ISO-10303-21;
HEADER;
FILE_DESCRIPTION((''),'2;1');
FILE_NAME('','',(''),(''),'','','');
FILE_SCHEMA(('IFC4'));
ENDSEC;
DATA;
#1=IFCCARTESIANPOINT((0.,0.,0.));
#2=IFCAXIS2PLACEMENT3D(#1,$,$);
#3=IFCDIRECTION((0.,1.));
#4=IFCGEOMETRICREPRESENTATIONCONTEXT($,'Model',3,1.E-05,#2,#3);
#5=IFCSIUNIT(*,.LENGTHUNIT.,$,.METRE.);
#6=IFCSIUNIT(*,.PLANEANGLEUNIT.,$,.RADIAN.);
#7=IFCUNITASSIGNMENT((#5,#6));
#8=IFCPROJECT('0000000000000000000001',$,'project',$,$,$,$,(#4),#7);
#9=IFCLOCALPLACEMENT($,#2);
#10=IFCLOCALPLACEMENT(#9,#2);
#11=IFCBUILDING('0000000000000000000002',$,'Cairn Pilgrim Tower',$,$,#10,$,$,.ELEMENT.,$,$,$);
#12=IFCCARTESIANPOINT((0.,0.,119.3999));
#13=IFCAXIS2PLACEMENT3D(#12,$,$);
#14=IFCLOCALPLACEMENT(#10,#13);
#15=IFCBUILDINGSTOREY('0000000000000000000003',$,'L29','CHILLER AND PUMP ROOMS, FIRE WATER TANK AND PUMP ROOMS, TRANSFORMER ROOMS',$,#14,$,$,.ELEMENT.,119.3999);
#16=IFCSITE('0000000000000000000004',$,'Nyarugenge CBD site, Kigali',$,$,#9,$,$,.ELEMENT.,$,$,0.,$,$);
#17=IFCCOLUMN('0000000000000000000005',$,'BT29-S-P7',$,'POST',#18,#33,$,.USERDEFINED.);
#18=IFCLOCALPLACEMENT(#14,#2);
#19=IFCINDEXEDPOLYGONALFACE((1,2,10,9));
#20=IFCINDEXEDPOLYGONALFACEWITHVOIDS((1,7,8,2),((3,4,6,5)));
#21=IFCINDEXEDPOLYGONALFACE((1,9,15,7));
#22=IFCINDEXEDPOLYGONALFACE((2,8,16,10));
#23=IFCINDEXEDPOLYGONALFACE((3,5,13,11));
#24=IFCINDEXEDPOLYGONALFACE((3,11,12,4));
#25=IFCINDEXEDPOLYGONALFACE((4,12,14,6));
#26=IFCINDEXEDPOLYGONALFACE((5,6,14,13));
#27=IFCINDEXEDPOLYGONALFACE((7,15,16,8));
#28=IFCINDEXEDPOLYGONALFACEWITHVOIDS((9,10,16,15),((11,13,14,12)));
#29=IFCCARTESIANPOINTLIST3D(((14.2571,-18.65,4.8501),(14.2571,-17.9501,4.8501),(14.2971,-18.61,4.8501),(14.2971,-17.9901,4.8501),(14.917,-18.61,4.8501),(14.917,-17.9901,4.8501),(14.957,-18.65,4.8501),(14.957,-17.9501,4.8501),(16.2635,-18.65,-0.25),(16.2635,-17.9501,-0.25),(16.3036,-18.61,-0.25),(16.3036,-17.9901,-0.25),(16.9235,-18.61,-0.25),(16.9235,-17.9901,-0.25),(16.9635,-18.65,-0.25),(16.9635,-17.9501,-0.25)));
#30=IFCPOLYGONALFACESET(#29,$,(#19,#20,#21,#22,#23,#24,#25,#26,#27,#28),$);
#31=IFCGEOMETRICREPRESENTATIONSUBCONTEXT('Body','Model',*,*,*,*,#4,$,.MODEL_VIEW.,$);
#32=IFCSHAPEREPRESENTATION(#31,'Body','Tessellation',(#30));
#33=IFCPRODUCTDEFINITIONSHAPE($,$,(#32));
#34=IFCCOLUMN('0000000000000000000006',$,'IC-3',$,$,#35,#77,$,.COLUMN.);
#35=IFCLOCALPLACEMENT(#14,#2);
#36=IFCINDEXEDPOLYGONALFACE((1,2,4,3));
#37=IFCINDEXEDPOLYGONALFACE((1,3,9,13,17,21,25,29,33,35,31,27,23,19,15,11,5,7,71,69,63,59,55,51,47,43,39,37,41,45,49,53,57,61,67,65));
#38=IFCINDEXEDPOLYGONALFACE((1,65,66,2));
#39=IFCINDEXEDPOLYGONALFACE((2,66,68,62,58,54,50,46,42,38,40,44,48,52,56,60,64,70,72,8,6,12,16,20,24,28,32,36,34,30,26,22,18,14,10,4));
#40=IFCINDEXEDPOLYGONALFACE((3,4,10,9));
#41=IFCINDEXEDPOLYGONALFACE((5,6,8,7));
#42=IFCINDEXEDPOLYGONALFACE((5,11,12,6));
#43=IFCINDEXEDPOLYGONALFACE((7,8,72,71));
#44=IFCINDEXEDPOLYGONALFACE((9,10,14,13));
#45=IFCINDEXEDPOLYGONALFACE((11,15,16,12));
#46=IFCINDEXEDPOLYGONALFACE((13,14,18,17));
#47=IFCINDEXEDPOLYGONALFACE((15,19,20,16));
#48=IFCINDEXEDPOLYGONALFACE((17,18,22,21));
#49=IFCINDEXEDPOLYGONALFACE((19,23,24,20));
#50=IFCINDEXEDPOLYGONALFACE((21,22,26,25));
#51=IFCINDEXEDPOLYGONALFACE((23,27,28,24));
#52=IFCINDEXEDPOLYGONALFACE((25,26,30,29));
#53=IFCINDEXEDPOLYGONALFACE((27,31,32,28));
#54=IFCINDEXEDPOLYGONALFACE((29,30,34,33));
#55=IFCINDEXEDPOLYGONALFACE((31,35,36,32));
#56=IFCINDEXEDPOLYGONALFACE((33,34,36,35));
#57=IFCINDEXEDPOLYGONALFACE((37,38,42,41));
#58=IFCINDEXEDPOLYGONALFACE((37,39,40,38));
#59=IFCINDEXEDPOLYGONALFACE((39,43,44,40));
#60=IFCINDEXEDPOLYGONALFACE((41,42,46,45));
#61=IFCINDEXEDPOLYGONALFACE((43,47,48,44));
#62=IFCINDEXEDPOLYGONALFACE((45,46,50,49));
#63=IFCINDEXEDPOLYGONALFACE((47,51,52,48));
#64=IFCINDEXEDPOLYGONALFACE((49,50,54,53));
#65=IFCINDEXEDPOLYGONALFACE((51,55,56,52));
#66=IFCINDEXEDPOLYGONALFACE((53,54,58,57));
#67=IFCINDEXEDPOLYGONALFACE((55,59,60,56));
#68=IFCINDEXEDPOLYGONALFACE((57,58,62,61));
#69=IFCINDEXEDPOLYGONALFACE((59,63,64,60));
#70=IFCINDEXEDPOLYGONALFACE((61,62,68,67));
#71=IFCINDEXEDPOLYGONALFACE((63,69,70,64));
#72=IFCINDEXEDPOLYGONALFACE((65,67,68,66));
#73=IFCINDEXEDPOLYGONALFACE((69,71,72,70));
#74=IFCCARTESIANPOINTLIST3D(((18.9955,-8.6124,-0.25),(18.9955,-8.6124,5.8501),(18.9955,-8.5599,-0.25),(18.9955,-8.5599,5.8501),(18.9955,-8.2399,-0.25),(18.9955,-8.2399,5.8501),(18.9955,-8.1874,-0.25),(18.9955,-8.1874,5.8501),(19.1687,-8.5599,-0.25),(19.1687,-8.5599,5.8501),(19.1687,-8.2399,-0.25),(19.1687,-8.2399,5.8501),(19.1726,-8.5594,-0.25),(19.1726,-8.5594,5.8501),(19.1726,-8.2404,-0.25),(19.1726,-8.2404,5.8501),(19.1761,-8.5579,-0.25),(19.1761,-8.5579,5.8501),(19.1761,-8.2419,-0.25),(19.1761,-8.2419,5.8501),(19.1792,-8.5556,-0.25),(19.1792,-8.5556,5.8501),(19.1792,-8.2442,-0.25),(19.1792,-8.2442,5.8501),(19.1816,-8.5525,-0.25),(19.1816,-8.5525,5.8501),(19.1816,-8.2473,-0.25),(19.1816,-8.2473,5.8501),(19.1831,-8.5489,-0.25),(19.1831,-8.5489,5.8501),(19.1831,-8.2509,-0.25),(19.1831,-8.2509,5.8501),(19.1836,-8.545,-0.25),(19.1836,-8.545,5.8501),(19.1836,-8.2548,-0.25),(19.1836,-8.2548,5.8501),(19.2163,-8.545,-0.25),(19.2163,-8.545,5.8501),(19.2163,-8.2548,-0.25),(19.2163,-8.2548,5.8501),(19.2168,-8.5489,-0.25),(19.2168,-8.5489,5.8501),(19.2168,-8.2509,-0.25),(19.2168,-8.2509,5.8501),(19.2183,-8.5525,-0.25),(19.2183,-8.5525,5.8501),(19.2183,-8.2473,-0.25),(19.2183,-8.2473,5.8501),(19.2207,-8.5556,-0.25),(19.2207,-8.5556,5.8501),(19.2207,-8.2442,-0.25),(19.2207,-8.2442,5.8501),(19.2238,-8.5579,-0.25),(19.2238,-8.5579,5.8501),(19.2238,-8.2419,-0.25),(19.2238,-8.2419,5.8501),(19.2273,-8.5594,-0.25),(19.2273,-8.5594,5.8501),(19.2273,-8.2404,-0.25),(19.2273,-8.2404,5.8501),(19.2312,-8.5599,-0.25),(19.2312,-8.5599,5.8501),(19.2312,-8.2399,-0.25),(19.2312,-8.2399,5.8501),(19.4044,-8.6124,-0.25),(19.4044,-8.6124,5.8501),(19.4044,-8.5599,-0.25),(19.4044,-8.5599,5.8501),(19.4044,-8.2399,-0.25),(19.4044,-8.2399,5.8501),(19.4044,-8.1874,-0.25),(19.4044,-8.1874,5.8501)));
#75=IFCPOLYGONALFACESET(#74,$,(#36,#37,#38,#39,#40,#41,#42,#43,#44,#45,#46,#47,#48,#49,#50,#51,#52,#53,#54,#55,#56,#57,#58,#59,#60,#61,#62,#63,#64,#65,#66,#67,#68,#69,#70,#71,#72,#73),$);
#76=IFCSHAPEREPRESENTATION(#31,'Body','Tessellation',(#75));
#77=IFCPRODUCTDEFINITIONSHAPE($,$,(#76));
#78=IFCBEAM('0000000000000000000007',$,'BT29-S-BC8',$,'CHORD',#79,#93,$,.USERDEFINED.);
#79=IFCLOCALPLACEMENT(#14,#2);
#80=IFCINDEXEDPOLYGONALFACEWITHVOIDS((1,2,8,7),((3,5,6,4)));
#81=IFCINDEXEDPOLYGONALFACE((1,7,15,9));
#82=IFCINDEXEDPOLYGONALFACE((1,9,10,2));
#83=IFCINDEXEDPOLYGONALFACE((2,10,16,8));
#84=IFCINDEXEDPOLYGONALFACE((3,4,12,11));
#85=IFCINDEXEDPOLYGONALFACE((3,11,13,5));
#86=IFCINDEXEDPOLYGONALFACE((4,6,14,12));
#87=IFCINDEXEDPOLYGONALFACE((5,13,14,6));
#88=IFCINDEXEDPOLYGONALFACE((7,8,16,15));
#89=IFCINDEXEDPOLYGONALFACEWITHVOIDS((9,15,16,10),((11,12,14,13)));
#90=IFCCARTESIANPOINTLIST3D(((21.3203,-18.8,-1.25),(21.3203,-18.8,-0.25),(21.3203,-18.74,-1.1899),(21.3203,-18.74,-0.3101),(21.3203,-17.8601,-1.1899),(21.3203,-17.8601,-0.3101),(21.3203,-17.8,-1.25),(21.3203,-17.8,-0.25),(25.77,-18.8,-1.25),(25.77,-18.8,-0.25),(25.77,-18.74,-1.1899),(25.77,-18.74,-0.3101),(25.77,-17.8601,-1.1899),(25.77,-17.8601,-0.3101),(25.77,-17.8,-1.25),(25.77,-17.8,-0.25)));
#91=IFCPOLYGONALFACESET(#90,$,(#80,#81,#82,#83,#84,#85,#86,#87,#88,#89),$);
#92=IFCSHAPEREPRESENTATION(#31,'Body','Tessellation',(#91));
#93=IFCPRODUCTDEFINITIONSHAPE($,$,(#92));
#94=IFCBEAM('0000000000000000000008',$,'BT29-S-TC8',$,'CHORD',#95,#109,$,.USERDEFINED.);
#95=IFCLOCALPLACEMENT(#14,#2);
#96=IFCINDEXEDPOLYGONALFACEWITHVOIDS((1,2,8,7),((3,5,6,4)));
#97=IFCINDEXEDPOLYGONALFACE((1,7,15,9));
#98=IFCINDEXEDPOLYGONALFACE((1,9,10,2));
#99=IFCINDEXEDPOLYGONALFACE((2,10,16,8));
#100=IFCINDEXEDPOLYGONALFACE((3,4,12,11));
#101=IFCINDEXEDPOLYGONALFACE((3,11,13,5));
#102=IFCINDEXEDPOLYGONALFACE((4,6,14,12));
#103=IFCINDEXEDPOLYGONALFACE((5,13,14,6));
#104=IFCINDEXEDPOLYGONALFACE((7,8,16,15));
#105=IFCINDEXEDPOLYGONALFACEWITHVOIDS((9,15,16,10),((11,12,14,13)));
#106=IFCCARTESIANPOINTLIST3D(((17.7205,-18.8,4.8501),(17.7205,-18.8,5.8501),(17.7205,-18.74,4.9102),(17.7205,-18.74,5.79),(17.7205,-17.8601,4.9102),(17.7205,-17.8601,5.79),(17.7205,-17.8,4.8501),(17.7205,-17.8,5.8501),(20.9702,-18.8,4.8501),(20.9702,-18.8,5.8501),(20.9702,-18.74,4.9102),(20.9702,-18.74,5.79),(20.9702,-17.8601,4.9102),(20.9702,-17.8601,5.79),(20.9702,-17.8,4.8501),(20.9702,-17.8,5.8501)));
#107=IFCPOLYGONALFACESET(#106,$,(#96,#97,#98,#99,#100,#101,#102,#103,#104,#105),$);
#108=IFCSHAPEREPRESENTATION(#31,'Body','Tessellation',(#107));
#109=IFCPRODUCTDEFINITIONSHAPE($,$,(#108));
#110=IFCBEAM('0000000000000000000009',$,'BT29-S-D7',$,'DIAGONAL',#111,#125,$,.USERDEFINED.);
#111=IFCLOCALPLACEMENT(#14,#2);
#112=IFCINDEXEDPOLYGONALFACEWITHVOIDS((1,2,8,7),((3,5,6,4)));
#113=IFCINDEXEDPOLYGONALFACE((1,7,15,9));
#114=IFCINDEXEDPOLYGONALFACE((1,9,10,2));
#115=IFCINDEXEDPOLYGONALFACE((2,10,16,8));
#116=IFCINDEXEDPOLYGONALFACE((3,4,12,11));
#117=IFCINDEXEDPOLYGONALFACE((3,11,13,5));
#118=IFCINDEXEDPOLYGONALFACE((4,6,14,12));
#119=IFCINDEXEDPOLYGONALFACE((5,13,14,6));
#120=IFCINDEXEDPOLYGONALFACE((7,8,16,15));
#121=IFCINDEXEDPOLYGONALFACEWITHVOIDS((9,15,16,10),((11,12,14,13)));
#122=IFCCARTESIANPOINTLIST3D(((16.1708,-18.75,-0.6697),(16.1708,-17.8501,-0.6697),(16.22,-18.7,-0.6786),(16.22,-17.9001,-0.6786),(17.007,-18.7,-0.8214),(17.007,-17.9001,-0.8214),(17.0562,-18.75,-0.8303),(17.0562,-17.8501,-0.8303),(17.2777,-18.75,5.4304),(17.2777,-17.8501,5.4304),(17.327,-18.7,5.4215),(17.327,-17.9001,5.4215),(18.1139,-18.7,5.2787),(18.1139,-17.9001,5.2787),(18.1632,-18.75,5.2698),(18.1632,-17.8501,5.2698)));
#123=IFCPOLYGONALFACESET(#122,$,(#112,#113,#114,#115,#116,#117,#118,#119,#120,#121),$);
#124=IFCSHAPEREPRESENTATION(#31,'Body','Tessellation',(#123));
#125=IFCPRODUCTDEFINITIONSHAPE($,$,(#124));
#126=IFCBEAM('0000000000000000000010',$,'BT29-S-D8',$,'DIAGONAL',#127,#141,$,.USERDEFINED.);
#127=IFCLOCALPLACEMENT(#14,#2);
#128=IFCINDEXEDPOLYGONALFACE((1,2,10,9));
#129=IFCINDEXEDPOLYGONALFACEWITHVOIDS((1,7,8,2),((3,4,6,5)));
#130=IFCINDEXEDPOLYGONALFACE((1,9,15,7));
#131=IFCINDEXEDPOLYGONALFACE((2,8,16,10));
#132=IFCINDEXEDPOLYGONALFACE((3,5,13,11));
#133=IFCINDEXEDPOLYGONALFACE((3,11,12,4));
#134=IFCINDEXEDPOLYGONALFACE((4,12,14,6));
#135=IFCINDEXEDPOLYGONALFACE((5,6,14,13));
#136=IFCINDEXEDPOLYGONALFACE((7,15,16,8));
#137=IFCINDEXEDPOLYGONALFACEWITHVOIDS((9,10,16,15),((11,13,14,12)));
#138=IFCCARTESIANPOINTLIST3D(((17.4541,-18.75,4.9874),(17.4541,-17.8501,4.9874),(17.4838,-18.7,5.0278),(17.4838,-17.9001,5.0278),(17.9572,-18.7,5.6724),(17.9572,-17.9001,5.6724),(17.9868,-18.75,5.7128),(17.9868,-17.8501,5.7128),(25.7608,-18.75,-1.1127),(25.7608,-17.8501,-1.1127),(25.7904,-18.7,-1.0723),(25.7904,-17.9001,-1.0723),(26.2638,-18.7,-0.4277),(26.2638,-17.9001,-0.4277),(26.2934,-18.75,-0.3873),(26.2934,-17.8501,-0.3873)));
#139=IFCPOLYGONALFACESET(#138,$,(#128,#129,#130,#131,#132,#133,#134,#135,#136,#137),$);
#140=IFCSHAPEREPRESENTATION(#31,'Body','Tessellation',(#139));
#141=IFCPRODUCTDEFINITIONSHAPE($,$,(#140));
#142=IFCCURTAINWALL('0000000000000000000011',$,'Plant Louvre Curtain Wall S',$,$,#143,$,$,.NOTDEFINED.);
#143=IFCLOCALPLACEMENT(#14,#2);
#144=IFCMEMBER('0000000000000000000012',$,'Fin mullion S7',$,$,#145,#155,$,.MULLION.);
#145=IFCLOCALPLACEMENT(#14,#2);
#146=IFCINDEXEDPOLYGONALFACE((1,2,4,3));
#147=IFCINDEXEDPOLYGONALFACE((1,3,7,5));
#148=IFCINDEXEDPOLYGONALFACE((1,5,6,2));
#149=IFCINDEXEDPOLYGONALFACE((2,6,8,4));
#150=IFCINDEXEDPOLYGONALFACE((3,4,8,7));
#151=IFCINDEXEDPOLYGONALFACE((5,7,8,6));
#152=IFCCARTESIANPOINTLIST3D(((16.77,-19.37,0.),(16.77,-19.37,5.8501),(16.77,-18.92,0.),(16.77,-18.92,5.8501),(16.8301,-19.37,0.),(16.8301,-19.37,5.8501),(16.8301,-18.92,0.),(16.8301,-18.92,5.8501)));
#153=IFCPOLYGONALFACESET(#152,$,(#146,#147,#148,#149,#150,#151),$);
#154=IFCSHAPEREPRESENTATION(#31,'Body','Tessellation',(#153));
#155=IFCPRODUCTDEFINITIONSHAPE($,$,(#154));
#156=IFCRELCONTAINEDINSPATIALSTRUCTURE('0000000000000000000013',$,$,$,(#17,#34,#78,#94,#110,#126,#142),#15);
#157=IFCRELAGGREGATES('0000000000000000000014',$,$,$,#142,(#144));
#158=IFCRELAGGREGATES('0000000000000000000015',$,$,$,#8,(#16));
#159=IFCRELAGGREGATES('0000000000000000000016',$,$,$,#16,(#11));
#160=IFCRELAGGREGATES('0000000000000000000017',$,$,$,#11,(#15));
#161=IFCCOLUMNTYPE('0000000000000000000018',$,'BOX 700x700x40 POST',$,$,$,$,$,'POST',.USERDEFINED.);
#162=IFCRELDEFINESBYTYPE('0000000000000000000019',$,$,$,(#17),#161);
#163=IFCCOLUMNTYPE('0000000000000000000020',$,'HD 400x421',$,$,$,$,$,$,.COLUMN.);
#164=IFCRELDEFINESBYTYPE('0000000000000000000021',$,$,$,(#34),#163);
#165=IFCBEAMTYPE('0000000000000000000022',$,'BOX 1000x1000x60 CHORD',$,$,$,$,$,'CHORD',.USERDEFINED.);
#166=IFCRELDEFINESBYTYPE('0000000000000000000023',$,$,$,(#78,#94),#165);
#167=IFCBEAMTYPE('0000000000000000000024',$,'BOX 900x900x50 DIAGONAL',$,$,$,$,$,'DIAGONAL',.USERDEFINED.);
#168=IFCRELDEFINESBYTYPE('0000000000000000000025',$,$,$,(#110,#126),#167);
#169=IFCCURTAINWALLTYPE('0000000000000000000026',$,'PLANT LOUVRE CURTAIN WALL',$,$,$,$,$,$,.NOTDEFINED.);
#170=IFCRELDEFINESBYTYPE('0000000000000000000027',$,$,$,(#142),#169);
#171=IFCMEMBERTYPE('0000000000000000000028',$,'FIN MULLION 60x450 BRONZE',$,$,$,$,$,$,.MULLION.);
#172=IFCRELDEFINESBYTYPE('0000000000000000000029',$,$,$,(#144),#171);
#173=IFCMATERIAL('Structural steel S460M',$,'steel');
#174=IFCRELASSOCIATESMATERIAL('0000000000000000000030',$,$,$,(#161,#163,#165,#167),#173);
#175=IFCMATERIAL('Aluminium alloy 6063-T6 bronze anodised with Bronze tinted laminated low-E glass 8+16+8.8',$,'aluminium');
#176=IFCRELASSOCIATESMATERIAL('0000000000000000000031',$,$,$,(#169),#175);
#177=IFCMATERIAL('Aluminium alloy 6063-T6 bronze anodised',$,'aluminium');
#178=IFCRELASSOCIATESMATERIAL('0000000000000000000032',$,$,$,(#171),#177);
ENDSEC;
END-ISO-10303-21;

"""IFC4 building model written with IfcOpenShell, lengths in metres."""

from ifc_helpers import new_model, si_unit, direction, frame, origin, origin_2d, place, context, subcontext, project, spatial, rectangle, hollow_rectangle, i_section, extrude, clip, halfspace, material, material_profile, profile_set, type_object, element, aggregate, save


model = new_model("IFC4")

# Units and contexts
model_context = context("Model", 3, precision=1e-05, world=origin(), true_north=direction((0.0, 1.0)))
body_context = subcontext(model_context, "Body", "Model", "MODEL_VIEW")
ifc_project = project(units=[si_unit("LENGTHUNIT", "METRE"), si_unit("PLANEANGLEUNIT", "RADIAN")], contexts=[model_context])

# Site, building, storey
site_placement = place(None, origin())
site = spatial("IfcSite", under=ifc_project, at=site_placement, Name="Nyarugenge CBD site, Kigali", CompositionType="ELEMENT", RefElevation=0.0)
building_placement = place(site_placement, origin())
building = spatial("IfcBuilding", under=site, at=building_placement, Name="Cairn Pilgrim Tower", CompositionType="ELEMENT")
storey_placement = place(building_placement, frame((0.0, 0.0, 119.3999)))
storey = spatial("IfcBuildingStorey", under=building, at=storey_placement, Name="L29", Description="CHILLER AND PUMP ROOMS, FIRE WATER TANK AND PUMP ROOMS, TRANSFORMER ROOMS", CompositionType="ELEMENT", Elevation=119.3999)

# Columns
ifc_material_1 = material(Name="Structural steel S460M", Category="steel")
ifc_material_profile_1 = material_profile(ifc_material_1, hollow_rectangle(XDim=0.7, YDim=0.7, WallThickness=0.04, at=origin_2d()), Name="BOX 700x700x40")
ifc_profile_set_1 = profile_set([ifc_material_profile_1], Name="Structural steel S460M")
column_type_1 = type_object("IfcColumnType", Name="BOX 700x700x40 POST", ElementType="POST", PredefinedType="USERDEFINED", material=ifc_profile_set_1)
column_1_placement = place(storey_placement, frame((16.6135, -18.3, -0.25), z_axis=(0.0, 0.0, 1.0), x_axis=(1.0, 0.0, 0.0)))
element("IfcColumn", 1, at=column_1_placement, inside=storey, type_object=column_type_1, Name="BT29-S-P7", ObjectType="POST", PredefinedType="USERDEFINED", context=body_context, shape_type="Clipping", body=[
    clip(extrude(hollow_rectangle(XDim=0.7, YDim=0.7, WallThickness=0.04, at=origin_2d()), origin(), (-0.366106, 0.0, 0.930573), 6.5552), halfspace(frame((0.0, 0.0, 5.1001), z_axis=(0.0, 0.0, 1.0), x_axis=(1.0, 0.0, 0.0)), False)),
])
ifc_material_profile_2 = material_profile(ifc_material_1, i_section(OverallWidth=0.4089, OverallDepth=0.425, WebThickness=0.0327, FlangeThickness=0.0525, FilletRadius=0.0149, at=origin_2d()), Name="HD 400x421")
ifc_profile_set_2 = profile_set([ifc_material_profile_2], Name="Structural steel S460M")
column_type_2 = type_object("IfcColumnType", Name="HD 400x421", PredefinedType="COLUMN", material=ifc_profile_set_2)
column_2_placement = place(storey_placement, frame((19.2, -8.3999, -0.25), z_axis=(0.0, 0.0, 1.0), x_axis=(1.0, 0.0, 0.0)))
element("IfcColumn", 2, at=column_2_placement, inside=storey, type_object=column_type_2, Name="IC-3", PredefinedType="COLUMN", context=body_context, shape_type="SweptSolid", body=[
    extrude(i_section(OverallWidth=0.4089, OverallDepth=0.425, WebThickness=0.0327, FlangeThickness=0.0525, FilletRadius=0.0149, at=origin_2d()), origin(), (0.0, 0.0, 1.0), 6.1001),
])

# Beams
ifc_material_profile_3 = material_profile(ifc_material_1, hollow_rectangle(XDim=1.0, YDim=1.0, WallThickness=0.0601, at=origin_2d()), Name="BOX 1000x1000x60")
ifc_profile_set_3 = profile_set([ifc_material_profile_3], Name="Structural steel S460M")
beam_type_1 = type_object("IfcBeamType", Name="BOX 1000x1000x60 CHORD", ElementType="CHORD", PredefinedType="USERDEFINED", material=ifc_profile_set_3)
beam_1_placement = place(storey_placement, frame((21.3203, -18.3, -0.75), z_axis=(1.0, 0.0, 0.0), x_axis=(0.0, 1.0, 0.0)))
element("IfcBeam", 3, at=beam_1_placement, inside=storey, type_object=beam_type_1, Name="BT29-S-BC8", ObjectType="CHORD", PredefinedType="USERDEFINED", context=body_context, shape_type="SweptSolid", body=[
    extrude(hollow_rectangle(XDim=1.0, YDim=1.0, WallThickness=0.0601, at=origin_2d()), origin(), (0.0, 0.0, 1.0), 4.4497),
])
beam_2_placement = place(storey_placement, frame((17.7205, -18.3, 5.3501), z_axis=(1.0, 0.0, 0.0), x_axis=(0.0, 1.0, 0.0)))
element("IfcBeam", 4, at=beam_2_placement, inside=storey, type_object=beam_type_1, Name="BT29-S-TC8", ObjectType="CHORD", PredefinedType="USERDEFINED", context=body_context, shape_type="SweptSolid", body=[
    extrude(hollow_rectangle(XDim=1.0, YDim=1.0, WallThickness=0.0601, at=origin_2d()), origin(), (0.0, 0.0, 1.0), 3.2498),
])
ifc_material_profile_4 = material_profile(ifc_material_1, hollow_rectangle(XDim=0.8999, YDim=0.8999, WallThickness=0.05, at=origin_2d()), Name="BOX 900x900x50")
ifc_profile_set_4 = profile_set([ifc_material_profile_4], Name="Structural steel S460M")
beam_type_2 = type_object("IfcBeamType", Name="BOX 900x900x50 DIAGONAL", ElementType="DIAGONAL", PredefinedType="USERDEFINED", material=ifc_profile_set_4)
beam_3_placement = place(storey_placement, frame((16.6135, -18.3, -0.75), z_axis=(0.178546, 0.0, 0.983932), x_axis=(0.0, 1.0, 0.0)))
element("IfcBeam", 5, at=beam_3_placement, inside=storey, type_object=beam_type_2, Name="BT29-S-D7", ObjectType="DIAGONAL", PredefinedType="USERDEFINED", context=body_context, shape_type="SweptSolid", body=[
    extrude(hollow_rectangle(XDim=0.8999, YDim=0.8999, WallThickness=0.05, at=origin_2d()), origin(), (0.0, 0.0, 1.0), 6.1997),
])
beam_4_placement = place(storey_placement, frame((17.7205, -18.3, 5.3501), z_axis=(0.806009, 0.0, -0.591904), x_axis=(0.0, 1.0, 0.0)))
element("IfcBeam", 6, at=beam_4_placement, inside=storey, type_object=beam_type_2, Name="BT29-S-D8", ObjectType="DIAGONAL", PredefinedType="USERDEFINED", context=body_context, shape_type="SweptSolid", body=[
    extrude(hollow_rectangle(XDim=0.8999, YDim=0.8999, WallThickness=0.05, at=origin_2d()), origin(), (0.0, 0.0, 1.0), 10.3059),
])

# Curtain wall, member
ifc_material_2 = material(Name="Aluminium alloy 6063-T6 bronze anodised with Bronze tinted laminated low-E glass 8+16+8.8", Category="aluminium")
curtain_wall_type = type_object("IfcCurtainWallType", Name="PLANT LOUVRE CURTAIN WALL", PredefinedType="NOTDEFINED", material=ifc_material_2)
curtain_wall_placement = place(storey_placement, origin())
curtain_wall = element("IfcCurtainWall", 7, at=curtain_wall_placement, inside=storey, type_object=curtain_wall_type, Name="Plant Louvre Curtain Wall S", PredefinedType="NOTDEFINED")
ifc_material_3 = material(Name="Aluminium alloy 6063-T6 bronze anodised", Category="aluminium")
ifc_material_profile_5 = material_profile(ifc_material_3, rectangle(XDim=0.45, YDim=0.0601, at=origin_2d()), Name="FIN MULLION 60x450 BRONZE")
ifc_profile_set_5 = profile_set([ifc_material_profile_5], Name="Aluminium alloy 6063-T6 bronze anodised")
member_type_1 = type_object("IfcMemberType", Name="FIN MULLION 60x450 BRONZE", PredefinedType="MULLION", material=ifc_profile_set_5)
member_1_placement = place(storey_placement, frame((16.8, -19.145, 0.0), z_axis=(0.0, 0.0, 1.0), x_axis=(0.0, -1.0, 0.0)))
member_1 = element("IfcMember", 8, at=member_1_placement, type_object=member_type_1, Name="Fin mullion S7", PredefinedType="MULLION", context=body_context, shape_type="SweptSolid", body=[
    extrude(rectangle(XDim=0.45, YDim=0.0601, at=origin_2d()), origin(), (0.0, 0.0, 1.0), 5.8501),
])

aggregate(curtain_wall, [member_1])

save(model, "model.ifc")
